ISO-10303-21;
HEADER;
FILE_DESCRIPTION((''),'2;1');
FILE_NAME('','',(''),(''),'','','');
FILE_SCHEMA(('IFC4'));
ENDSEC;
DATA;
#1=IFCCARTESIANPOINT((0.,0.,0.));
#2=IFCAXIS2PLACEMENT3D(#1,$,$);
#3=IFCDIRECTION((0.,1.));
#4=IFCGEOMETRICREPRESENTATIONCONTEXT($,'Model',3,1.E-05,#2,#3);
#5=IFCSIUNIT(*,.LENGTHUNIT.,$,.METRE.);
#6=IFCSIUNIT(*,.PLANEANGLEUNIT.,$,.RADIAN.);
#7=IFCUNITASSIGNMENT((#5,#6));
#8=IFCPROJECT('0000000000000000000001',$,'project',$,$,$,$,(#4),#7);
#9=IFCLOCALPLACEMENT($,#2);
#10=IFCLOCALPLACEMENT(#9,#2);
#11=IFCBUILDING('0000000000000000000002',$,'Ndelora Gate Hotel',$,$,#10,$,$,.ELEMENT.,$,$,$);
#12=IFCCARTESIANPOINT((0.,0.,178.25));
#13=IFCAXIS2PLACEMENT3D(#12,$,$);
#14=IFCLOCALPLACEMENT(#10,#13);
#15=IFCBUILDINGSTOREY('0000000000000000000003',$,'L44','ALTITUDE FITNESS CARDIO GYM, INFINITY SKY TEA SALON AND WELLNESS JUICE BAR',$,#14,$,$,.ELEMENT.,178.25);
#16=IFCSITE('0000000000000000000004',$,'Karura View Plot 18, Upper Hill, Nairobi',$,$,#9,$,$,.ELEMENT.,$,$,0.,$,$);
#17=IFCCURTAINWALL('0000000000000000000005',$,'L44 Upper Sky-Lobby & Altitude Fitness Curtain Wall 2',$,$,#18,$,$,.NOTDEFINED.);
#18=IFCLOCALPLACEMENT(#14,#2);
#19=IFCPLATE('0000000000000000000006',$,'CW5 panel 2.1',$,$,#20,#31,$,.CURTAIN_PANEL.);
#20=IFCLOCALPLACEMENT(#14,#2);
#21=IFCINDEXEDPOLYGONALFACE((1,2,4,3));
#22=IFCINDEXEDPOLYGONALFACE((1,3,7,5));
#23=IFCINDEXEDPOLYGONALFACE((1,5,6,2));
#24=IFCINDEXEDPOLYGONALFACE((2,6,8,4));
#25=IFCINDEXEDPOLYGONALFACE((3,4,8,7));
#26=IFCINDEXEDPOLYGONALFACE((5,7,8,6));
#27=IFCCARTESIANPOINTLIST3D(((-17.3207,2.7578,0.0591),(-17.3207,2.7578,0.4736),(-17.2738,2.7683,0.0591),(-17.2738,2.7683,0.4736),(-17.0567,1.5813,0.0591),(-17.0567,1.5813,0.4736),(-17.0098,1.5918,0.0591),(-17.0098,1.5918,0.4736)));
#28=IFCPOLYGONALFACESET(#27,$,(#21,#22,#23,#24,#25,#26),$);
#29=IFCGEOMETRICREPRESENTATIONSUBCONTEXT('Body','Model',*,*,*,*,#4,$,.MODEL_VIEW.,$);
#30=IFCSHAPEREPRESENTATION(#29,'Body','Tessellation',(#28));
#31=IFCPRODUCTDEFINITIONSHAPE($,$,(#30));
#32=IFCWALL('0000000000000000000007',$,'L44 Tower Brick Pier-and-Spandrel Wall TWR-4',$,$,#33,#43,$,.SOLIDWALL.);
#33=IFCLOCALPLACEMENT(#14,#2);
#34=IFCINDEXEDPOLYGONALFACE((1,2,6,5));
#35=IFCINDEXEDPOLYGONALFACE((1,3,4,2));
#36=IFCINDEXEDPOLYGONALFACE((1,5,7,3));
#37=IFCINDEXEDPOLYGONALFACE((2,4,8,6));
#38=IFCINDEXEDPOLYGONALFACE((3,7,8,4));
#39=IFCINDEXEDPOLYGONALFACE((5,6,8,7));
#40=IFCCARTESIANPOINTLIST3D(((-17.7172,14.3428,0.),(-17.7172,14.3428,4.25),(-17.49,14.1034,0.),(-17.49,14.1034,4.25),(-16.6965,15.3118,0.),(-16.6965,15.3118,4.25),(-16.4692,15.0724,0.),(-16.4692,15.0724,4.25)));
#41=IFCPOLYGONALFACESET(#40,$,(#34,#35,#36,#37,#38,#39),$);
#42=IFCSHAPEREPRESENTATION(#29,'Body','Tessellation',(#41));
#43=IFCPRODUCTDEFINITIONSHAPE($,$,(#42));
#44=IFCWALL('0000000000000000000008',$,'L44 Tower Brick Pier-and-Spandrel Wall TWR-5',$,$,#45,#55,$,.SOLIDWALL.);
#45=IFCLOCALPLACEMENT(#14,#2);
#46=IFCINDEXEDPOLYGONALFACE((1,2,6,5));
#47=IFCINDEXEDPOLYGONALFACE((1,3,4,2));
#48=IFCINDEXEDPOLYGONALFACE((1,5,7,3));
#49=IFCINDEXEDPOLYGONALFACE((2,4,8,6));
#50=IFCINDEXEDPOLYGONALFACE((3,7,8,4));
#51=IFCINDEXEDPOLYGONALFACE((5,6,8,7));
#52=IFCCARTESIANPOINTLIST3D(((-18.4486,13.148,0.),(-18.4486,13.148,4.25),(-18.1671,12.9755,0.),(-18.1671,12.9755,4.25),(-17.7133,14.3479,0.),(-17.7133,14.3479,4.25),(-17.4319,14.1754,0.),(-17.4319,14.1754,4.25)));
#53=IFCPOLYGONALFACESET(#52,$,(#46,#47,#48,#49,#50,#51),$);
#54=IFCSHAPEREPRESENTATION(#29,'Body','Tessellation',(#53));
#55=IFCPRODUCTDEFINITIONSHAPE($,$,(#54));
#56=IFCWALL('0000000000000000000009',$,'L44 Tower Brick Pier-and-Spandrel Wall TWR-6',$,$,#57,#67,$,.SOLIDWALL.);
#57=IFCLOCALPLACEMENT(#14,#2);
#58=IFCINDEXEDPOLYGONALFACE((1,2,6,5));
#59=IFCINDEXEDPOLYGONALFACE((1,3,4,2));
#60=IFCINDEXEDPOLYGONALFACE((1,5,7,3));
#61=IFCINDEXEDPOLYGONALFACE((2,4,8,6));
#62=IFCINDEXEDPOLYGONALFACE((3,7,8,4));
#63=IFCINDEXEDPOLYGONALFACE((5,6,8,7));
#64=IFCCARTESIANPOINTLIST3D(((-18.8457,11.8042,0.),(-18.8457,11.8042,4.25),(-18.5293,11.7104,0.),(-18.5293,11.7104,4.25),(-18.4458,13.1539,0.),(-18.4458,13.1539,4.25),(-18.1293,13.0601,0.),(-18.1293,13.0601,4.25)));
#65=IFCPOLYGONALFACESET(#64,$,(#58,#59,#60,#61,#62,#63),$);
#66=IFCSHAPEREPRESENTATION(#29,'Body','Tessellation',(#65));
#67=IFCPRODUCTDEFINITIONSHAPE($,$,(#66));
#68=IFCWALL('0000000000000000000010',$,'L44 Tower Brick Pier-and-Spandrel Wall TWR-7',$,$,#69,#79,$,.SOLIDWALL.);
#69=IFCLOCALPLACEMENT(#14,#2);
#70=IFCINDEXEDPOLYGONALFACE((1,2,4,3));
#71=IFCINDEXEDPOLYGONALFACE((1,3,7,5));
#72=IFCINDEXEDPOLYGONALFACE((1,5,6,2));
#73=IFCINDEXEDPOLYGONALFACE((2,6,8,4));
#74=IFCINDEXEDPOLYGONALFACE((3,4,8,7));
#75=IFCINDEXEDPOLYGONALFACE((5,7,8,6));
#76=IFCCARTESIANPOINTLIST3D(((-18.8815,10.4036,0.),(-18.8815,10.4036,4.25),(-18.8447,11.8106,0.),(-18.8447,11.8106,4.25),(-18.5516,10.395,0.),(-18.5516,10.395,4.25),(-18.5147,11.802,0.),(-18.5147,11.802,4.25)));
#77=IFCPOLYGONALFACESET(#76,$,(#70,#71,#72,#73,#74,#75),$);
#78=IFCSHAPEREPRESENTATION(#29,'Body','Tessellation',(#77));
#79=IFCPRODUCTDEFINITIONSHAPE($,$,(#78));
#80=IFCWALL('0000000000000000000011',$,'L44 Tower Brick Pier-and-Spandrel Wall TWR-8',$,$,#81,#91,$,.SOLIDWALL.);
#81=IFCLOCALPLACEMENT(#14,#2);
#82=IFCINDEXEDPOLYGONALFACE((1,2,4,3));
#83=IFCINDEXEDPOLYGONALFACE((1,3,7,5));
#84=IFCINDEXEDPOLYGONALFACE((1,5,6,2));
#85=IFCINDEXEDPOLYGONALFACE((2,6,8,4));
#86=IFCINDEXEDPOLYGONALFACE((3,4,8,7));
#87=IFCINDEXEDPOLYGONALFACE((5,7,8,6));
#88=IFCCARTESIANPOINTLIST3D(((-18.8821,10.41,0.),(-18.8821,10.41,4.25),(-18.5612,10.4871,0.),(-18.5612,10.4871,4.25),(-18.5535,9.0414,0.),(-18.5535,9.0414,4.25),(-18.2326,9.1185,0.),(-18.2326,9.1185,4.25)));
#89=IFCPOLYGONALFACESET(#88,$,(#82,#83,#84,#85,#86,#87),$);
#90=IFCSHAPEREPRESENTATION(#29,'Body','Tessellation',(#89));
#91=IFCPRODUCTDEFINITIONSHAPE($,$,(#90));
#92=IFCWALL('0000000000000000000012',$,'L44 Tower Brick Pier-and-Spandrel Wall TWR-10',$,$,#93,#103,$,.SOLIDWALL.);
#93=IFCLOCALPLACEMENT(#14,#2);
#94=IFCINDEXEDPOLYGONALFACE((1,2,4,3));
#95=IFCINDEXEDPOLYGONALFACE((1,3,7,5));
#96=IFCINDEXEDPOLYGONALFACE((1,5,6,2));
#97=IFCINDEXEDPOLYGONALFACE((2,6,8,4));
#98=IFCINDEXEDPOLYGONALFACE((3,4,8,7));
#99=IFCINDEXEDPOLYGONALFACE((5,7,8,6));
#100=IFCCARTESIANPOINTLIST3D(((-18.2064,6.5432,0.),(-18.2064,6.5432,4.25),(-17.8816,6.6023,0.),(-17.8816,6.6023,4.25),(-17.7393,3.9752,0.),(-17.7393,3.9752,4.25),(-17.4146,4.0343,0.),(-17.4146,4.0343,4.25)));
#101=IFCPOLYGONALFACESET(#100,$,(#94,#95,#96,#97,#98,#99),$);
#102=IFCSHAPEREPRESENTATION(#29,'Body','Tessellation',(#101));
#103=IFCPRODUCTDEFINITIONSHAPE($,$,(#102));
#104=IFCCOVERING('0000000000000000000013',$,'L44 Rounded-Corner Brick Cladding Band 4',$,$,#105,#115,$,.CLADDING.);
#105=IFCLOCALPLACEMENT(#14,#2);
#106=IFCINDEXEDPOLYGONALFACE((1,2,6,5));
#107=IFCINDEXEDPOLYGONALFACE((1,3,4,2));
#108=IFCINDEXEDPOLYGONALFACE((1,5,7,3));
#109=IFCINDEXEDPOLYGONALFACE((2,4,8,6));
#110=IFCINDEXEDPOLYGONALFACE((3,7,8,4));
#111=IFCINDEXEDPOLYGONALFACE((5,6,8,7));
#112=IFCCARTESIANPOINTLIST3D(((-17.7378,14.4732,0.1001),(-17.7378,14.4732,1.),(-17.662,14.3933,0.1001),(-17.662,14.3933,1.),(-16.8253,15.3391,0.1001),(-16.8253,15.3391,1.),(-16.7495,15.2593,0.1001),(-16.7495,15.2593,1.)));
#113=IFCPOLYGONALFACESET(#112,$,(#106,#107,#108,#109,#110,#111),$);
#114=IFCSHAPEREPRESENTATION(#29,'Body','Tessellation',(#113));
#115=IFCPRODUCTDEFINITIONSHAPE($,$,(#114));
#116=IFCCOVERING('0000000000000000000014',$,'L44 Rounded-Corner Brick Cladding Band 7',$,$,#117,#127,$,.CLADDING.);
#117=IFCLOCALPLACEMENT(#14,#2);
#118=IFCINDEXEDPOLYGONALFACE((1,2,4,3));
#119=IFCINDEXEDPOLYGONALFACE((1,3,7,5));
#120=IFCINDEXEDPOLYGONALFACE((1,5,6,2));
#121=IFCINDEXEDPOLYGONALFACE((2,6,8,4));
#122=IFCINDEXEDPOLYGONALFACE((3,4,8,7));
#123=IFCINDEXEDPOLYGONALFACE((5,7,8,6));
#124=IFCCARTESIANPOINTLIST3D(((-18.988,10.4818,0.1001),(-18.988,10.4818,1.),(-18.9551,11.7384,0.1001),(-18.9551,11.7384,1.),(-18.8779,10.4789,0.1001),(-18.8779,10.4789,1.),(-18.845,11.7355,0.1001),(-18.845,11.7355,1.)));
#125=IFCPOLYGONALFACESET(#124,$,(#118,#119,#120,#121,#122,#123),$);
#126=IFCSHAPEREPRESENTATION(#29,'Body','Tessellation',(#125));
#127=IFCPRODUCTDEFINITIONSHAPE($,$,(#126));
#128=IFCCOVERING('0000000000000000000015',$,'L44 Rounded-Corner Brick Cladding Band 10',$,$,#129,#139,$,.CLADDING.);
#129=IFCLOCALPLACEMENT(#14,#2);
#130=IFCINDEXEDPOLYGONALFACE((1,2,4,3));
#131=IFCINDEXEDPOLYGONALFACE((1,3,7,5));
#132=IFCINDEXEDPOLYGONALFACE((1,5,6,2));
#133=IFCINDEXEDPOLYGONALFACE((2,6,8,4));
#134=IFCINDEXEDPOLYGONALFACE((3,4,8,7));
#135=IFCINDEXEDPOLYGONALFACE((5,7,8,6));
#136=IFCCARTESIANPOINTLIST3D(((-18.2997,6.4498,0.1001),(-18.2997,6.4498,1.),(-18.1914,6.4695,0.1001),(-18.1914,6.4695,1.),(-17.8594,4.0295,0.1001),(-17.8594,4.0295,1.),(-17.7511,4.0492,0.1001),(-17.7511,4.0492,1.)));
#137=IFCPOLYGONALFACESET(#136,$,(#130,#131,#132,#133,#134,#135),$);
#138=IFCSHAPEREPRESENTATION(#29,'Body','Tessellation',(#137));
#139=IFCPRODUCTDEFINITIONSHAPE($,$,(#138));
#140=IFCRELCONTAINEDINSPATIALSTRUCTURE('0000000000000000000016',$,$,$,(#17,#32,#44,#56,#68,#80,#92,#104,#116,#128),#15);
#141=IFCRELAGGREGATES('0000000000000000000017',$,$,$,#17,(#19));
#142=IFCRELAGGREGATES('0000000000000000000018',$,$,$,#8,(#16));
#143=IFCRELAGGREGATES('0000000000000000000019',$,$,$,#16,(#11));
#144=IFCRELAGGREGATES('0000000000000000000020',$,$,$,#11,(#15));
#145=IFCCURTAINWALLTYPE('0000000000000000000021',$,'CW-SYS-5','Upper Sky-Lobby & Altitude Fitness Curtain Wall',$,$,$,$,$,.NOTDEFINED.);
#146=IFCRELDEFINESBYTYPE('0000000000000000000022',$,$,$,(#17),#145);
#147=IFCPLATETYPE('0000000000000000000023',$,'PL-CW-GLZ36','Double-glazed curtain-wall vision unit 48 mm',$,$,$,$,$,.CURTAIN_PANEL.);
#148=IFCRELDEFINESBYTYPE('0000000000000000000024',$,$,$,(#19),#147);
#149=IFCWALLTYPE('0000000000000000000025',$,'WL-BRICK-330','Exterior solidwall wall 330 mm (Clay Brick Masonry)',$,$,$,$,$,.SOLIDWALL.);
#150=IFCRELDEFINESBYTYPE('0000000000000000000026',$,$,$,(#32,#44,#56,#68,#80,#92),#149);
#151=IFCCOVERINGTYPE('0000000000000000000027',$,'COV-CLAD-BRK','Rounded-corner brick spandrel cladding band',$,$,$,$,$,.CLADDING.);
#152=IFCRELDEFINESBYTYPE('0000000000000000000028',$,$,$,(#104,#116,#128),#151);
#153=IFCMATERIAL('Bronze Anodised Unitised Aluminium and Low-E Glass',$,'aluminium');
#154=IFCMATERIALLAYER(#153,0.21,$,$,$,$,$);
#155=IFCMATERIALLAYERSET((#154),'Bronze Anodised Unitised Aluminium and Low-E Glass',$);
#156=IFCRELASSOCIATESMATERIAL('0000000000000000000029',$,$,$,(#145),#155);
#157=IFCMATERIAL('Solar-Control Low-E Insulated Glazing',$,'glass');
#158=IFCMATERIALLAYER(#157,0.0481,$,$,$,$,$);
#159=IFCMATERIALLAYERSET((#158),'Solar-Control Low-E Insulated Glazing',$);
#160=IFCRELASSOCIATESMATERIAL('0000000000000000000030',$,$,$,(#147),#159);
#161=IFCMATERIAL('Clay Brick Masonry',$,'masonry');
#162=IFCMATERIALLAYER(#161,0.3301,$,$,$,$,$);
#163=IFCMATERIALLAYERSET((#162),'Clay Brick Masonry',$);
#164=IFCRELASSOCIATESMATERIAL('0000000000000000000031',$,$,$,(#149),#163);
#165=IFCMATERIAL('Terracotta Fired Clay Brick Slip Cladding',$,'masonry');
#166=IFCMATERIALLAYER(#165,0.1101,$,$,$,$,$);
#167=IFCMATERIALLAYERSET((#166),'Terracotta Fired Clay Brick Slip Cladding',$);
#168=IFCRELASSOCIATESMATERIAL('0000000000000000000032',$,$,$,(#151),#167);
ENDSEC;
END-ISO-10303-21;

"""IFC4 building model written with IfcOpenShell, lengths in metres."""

from ifc_helpers import new_model, si_unit, direction, frame, frame_2d, origin, origin_2d, place, context, subcontext, project, spatial, rectangle, extrude, material, layer, layer_set, type_object, element, aggregate, save


model = new_model("IFC4")

# Units and contexts
model_context = context("Model", 3, precision=1e-05, world=origin(), true_north=direction((0.0, 1.0)))
body_context = subcontext(model_context, "Body", "Model", "MODEL_VIEW")
ifc_project = project(units=[si_unit("LENGTHUNIT", "METRE"), si_unit("PLANEANGLEUNIT", "RADIAN")], contexts=[model_context])

# Site, building, storey
site_placement = place(None, origin())
site = spatial("IfcSite", under=ifc_project, at=site_placement, Name="Karura View Plot 18, Upper Hill, Nairobi", CompositionType="ELEMENT", RefElevation=0.0)
building_placement = place(site_placement, origin())
building = spatial("IfcBuilding", under=site, at=building_placement, Name="Ndelora Gate Hotel", CompositionType="ELEMENT")
storey_placement = place(building_placement, frame((0.0, 0.0, 178.25)))
storey = spatial("IfcBuildingStorey", under=building, at=storey_placement, Name="L44", Description="ALTITUDE FITNESS CARDIO GYM, INFINITY SKY TEA SALON AND WELLNESS JUICE BAR", CompositionType="ELEMENT", Elevation=178.25)

# Curtain wall
ifc_material_1 = material(Name="Bronze Anodised Unitised Aluminium and Low-E Glass", Category="aluminium")
ifc_layer_1 = layer(ifc_material_1, 0.21)
ifc_layer_set_1 = layer_set([ifc_layer_1], Name="Bronze Anodised Unitised Aluminium and Low-E Glass")
curtain_wall_type = type_object("IfcCurtainWallType", Name="CW-SYS-5", Description="Upper Sky-Lobby & Altitude Fitness Curtain Wall", PredefinedType="NOTDEFINED", material=ifc_layer_set_1)
curtain_wall_1_placement = place(storey_placement, origin())
curtain_wall_1 = element("IfcCurtainWall", 1, at=curtain_wall_1_placement, inside=storey, type_object=curtain_wall_type, Name="L44 Upper Sky-Lobby & Altitude Fitness Curtain Wall 2", PredefinedType="NOTDEFINED")

# Plate
ifc_material_2 = material(Name="Solar-Control Low-E Insulated Glazing", Category="glass")
ifc_layer_2 = layer(ifc_material_2, 0.0481)
ifc_layer_set_2 = layer_set([ifc_layer_2], Name="Solar-Control Low-E Insulated Glazing")
plate_type = type_object("IfcPlateType", Name="PL-CW-GLZ36", Description="Double-glazed curtain-wall vision unit 48 mm", PredefinedType="CURTAIN_PANEL", material=ifc_layer_set_2)
plate_1_placement = place(storey_placement, frame((-17.1653, 2.1748, 0.0591), z_axis=(0.0, 0.0, 1.0), x_axis=(0.218939, -0.975739, 0.0)))
plate_1 = element("IfcPlate", 2, at=plate_1_placement, type_object=plate_type, Name="CW5 panel 2.1", PredefinedType="CURTAIN_PANEL", context=body_context, shape_type="SweptSolid", body=[
    extrude(rectangle(XDim=1.2058, YDim=0.0481, at=origin_2d()), origin(), (0.0, 0.0, 1.0), 0.4146),
])
aggregate(curtain_wall_1, [plate_1])

# Walls
ifc_material_3 = material(Name="Clay Brick Masonry", Category="masonry")
ifc_layer_3 = layer(ifc_material_3, 0.3301)
ifc_layer_set_3 = layer_set([ifc_layer_3], Name="Clay Brick Masonry")
wall_type = type_object("IfcWallType", Name="WL-BRICK-330", Description="Exterior solidwall wall 330 mm (Clay Brick Masonry)", PredefinedType="SOLIDWALL", material=ifc_layer_set_3)
wall_1_placement = place(storey_placement, frame((-17.6035, 14.2231, 0.0), z_axis=(0.0, 0.0, 1.0), x_axis=(0.725255, 0.68848, 0.0)))
element("IfcWall", 3, at=wall_1_placement, inside=storey, type_object=wall_type, Name="L44 Tower Brick Pier-and-Spandrel Wall TWR-4", PredefinedType="SOLIDWALL", context=body_context, shape_type="SweptSolid", body=[
    extrude(rectangle(XDim=1.4075, YDim=0.3301, at=frame_2d((0.7036, 0.0))), origin(), (0.0, 0.0, 1.0), 4.25),
])
wall_2_placement = place(storey_placement, frame((-18.3079, 13.0618, 0.0), z_axis=(0.0, 0.0, 1.0), x_axis=(0.522509, 0.852634, 0.0)))
element("IfcWall", 4, at=wall_2_placement, inside=storey, type_object=wall_type, Name="L44 Tower Brick Pier-and-Spandrel Wall TWR-5", PredefinedType="SOLIDWALL", context=body_context, shape_type="SweptSolid", body=[
    extrude(rectangle(XDim=1.4072, YDim=0.3301, at=frame_2d((0.7036, 0.0))), origin(), (0.0, 0.0, 1.0), 4.25),
])
wall_3_placement = place(storey_placement, frame((-18.6875, 11.7573, 0.0), z_axis=(0.0, 0.0, 1.0), x_axis=(0.2841, 0.958795, 0.0)))
element("IfcWall", 5, at=wall_3_placement, inside=storey, type_object=wall_type, Name="L44 Tower Brick Pier-and-Spandrel Wall TWR-6", PredefinedType="SOLIDWALL", context=body_context, shape_type="SweptSolid", body=[
    extrude(rectangle(XDim=1.4077, YDim=0.3301, at=frame_2d((0.7039, 0.0))), origin(), (0.0, 0.0, 1.0), 4.25),
])
for number, where, z_axis, x_axis, name in (
    (6, (-18.7166, 10.3994, 0.0), (0.0, 0.0, 1.0), (0.026193, 0.999657, 0.0), "L44 Tower Brick Pier-and-Spandrel Wall TWR-7"),
    (7, (-18.3931, 9.0801, 0.0), (0.0, 0.0, 1.0), (-0.233465, 0.972365, 0.0), "L44 Tower Brick Pier-and-Spandrel Wall TWR-8"),
):
    element("IfcWall", number, at=place(storey_placement, frame(where, z_axis=z_axis, x_axis=x_axis)), inside=storey, type_object=wall_type, Name=name, PredefinedType="SOLIDWALL", context=body_context, shape_type="SweptSolid", body=[
        extrude(rectangle(XDim=1.4075, YDim=0.3301, at=frame_2d((0.7036, 0.0))), origin(), (0.0, 0.0, 1.0), 4.25),
    ])
wall_4_placement = place(storey_placement, frame((-17.5769, 4.0046, 0.0), z_axis=(0.0, 0.0, 1.0), x_axis=(-0.178943, 0.983859, 0.0)))
element("IfcWall", 8, at=wall_4_placement, inside=storey, type_object=wall_type, Name="L44 Tower Brick Pier-and-Spandrel Wall TWR-10", PredefinedType="SOLIDWALL", context=body_context, shape_type="SweptSolid", body=[
    extrude(rectangle(XDim=2.6101, YDim=0.3301, at=frame_2d((1.3052, 0.0))), origin(), (0.0, 0.0, 1.0), 4.25),
])

# Coverings
ifc_material_4 = material(Name="Terracotta Fired Clay Brick Slip Cladding", Category="masonry")
ifc_layer_4 = layer(ifc_material_4, 0.1101)
ifc_layer_set_4 = layer_set([ifc_layer_4], Name="Terracotta Fired Clay Brick Slip Cladding")
covering_type = type_object("IfcCoveringType", Name="COV-CLAD-BRK", Description="Rounded-corner brick spandrel cladding band", PredefinedType="CLADDING", material=ifc_layer_set_4)
covering_1_placement = place(storey_placement, frame((-17.2437, 14.8662, 0.1001), z_axis=(0.0, 0.0, 1.0), x_axis=(0.725374, 0.688355, 0.0)))
element("IfcCovering", 9, at=covering_1_placement, inside=storey, type_object=covering_type, Name="L44 Rounded-Corner Brick Cladding Band 4", PredefinedType="CLADDING", context=body_context, shape_type="SweptSolid", body=[
    extrude(rectangle(XDim=1.2581, YDim=0.1101, at=origin_2d()), origin(), (0.0, 0.0, 1.0), 0.8999),
])
covering_2_placement = place(storey_placement, frame((-18.9165, 11.1086, 0.1001), z_axis=(0.0, 0.0, 1.0), x_axis=(0.026177, 0.999657, 0.0)))
element("IfcCovering", 10, at=covering_2_placement, inside=storey, type_object=covering_type, Name="L44 Rounded-Corner Brick Cladding Band 7", PredefinedType="CLADDING", context=body_context, shape_type="SweptSolid", body=[
    extrude(rectangle(XDim=1.2571, YDim=0.1101, at=origin_2d()), origin(), (0.0, 0.0, 1.0), 0.8999),
])
covering_3_placement = place(storey_placement, frame((-18.0254, 5.2495, 0.1001), z_axis=(0.0, 0.0, 1.0), x_axis=(-0.178974, 0.983854, 0.0)))
element("IfcCovering", 11, at=covering_3_placement, inside=storey, type_object=covering_type, Name="L44 Rounded-Corner Brick Cladding Band 10", PredefinedType="CLADDING", context=body_context, shape_type="SweptSolid", body=[
    extrude(rectangle(XDim=2.46, YDim=0.1101, at=origin_2d()), origin(), (0.0, 0.0, 1.0), 0.8999),
])

save(model, "model.ifc")
